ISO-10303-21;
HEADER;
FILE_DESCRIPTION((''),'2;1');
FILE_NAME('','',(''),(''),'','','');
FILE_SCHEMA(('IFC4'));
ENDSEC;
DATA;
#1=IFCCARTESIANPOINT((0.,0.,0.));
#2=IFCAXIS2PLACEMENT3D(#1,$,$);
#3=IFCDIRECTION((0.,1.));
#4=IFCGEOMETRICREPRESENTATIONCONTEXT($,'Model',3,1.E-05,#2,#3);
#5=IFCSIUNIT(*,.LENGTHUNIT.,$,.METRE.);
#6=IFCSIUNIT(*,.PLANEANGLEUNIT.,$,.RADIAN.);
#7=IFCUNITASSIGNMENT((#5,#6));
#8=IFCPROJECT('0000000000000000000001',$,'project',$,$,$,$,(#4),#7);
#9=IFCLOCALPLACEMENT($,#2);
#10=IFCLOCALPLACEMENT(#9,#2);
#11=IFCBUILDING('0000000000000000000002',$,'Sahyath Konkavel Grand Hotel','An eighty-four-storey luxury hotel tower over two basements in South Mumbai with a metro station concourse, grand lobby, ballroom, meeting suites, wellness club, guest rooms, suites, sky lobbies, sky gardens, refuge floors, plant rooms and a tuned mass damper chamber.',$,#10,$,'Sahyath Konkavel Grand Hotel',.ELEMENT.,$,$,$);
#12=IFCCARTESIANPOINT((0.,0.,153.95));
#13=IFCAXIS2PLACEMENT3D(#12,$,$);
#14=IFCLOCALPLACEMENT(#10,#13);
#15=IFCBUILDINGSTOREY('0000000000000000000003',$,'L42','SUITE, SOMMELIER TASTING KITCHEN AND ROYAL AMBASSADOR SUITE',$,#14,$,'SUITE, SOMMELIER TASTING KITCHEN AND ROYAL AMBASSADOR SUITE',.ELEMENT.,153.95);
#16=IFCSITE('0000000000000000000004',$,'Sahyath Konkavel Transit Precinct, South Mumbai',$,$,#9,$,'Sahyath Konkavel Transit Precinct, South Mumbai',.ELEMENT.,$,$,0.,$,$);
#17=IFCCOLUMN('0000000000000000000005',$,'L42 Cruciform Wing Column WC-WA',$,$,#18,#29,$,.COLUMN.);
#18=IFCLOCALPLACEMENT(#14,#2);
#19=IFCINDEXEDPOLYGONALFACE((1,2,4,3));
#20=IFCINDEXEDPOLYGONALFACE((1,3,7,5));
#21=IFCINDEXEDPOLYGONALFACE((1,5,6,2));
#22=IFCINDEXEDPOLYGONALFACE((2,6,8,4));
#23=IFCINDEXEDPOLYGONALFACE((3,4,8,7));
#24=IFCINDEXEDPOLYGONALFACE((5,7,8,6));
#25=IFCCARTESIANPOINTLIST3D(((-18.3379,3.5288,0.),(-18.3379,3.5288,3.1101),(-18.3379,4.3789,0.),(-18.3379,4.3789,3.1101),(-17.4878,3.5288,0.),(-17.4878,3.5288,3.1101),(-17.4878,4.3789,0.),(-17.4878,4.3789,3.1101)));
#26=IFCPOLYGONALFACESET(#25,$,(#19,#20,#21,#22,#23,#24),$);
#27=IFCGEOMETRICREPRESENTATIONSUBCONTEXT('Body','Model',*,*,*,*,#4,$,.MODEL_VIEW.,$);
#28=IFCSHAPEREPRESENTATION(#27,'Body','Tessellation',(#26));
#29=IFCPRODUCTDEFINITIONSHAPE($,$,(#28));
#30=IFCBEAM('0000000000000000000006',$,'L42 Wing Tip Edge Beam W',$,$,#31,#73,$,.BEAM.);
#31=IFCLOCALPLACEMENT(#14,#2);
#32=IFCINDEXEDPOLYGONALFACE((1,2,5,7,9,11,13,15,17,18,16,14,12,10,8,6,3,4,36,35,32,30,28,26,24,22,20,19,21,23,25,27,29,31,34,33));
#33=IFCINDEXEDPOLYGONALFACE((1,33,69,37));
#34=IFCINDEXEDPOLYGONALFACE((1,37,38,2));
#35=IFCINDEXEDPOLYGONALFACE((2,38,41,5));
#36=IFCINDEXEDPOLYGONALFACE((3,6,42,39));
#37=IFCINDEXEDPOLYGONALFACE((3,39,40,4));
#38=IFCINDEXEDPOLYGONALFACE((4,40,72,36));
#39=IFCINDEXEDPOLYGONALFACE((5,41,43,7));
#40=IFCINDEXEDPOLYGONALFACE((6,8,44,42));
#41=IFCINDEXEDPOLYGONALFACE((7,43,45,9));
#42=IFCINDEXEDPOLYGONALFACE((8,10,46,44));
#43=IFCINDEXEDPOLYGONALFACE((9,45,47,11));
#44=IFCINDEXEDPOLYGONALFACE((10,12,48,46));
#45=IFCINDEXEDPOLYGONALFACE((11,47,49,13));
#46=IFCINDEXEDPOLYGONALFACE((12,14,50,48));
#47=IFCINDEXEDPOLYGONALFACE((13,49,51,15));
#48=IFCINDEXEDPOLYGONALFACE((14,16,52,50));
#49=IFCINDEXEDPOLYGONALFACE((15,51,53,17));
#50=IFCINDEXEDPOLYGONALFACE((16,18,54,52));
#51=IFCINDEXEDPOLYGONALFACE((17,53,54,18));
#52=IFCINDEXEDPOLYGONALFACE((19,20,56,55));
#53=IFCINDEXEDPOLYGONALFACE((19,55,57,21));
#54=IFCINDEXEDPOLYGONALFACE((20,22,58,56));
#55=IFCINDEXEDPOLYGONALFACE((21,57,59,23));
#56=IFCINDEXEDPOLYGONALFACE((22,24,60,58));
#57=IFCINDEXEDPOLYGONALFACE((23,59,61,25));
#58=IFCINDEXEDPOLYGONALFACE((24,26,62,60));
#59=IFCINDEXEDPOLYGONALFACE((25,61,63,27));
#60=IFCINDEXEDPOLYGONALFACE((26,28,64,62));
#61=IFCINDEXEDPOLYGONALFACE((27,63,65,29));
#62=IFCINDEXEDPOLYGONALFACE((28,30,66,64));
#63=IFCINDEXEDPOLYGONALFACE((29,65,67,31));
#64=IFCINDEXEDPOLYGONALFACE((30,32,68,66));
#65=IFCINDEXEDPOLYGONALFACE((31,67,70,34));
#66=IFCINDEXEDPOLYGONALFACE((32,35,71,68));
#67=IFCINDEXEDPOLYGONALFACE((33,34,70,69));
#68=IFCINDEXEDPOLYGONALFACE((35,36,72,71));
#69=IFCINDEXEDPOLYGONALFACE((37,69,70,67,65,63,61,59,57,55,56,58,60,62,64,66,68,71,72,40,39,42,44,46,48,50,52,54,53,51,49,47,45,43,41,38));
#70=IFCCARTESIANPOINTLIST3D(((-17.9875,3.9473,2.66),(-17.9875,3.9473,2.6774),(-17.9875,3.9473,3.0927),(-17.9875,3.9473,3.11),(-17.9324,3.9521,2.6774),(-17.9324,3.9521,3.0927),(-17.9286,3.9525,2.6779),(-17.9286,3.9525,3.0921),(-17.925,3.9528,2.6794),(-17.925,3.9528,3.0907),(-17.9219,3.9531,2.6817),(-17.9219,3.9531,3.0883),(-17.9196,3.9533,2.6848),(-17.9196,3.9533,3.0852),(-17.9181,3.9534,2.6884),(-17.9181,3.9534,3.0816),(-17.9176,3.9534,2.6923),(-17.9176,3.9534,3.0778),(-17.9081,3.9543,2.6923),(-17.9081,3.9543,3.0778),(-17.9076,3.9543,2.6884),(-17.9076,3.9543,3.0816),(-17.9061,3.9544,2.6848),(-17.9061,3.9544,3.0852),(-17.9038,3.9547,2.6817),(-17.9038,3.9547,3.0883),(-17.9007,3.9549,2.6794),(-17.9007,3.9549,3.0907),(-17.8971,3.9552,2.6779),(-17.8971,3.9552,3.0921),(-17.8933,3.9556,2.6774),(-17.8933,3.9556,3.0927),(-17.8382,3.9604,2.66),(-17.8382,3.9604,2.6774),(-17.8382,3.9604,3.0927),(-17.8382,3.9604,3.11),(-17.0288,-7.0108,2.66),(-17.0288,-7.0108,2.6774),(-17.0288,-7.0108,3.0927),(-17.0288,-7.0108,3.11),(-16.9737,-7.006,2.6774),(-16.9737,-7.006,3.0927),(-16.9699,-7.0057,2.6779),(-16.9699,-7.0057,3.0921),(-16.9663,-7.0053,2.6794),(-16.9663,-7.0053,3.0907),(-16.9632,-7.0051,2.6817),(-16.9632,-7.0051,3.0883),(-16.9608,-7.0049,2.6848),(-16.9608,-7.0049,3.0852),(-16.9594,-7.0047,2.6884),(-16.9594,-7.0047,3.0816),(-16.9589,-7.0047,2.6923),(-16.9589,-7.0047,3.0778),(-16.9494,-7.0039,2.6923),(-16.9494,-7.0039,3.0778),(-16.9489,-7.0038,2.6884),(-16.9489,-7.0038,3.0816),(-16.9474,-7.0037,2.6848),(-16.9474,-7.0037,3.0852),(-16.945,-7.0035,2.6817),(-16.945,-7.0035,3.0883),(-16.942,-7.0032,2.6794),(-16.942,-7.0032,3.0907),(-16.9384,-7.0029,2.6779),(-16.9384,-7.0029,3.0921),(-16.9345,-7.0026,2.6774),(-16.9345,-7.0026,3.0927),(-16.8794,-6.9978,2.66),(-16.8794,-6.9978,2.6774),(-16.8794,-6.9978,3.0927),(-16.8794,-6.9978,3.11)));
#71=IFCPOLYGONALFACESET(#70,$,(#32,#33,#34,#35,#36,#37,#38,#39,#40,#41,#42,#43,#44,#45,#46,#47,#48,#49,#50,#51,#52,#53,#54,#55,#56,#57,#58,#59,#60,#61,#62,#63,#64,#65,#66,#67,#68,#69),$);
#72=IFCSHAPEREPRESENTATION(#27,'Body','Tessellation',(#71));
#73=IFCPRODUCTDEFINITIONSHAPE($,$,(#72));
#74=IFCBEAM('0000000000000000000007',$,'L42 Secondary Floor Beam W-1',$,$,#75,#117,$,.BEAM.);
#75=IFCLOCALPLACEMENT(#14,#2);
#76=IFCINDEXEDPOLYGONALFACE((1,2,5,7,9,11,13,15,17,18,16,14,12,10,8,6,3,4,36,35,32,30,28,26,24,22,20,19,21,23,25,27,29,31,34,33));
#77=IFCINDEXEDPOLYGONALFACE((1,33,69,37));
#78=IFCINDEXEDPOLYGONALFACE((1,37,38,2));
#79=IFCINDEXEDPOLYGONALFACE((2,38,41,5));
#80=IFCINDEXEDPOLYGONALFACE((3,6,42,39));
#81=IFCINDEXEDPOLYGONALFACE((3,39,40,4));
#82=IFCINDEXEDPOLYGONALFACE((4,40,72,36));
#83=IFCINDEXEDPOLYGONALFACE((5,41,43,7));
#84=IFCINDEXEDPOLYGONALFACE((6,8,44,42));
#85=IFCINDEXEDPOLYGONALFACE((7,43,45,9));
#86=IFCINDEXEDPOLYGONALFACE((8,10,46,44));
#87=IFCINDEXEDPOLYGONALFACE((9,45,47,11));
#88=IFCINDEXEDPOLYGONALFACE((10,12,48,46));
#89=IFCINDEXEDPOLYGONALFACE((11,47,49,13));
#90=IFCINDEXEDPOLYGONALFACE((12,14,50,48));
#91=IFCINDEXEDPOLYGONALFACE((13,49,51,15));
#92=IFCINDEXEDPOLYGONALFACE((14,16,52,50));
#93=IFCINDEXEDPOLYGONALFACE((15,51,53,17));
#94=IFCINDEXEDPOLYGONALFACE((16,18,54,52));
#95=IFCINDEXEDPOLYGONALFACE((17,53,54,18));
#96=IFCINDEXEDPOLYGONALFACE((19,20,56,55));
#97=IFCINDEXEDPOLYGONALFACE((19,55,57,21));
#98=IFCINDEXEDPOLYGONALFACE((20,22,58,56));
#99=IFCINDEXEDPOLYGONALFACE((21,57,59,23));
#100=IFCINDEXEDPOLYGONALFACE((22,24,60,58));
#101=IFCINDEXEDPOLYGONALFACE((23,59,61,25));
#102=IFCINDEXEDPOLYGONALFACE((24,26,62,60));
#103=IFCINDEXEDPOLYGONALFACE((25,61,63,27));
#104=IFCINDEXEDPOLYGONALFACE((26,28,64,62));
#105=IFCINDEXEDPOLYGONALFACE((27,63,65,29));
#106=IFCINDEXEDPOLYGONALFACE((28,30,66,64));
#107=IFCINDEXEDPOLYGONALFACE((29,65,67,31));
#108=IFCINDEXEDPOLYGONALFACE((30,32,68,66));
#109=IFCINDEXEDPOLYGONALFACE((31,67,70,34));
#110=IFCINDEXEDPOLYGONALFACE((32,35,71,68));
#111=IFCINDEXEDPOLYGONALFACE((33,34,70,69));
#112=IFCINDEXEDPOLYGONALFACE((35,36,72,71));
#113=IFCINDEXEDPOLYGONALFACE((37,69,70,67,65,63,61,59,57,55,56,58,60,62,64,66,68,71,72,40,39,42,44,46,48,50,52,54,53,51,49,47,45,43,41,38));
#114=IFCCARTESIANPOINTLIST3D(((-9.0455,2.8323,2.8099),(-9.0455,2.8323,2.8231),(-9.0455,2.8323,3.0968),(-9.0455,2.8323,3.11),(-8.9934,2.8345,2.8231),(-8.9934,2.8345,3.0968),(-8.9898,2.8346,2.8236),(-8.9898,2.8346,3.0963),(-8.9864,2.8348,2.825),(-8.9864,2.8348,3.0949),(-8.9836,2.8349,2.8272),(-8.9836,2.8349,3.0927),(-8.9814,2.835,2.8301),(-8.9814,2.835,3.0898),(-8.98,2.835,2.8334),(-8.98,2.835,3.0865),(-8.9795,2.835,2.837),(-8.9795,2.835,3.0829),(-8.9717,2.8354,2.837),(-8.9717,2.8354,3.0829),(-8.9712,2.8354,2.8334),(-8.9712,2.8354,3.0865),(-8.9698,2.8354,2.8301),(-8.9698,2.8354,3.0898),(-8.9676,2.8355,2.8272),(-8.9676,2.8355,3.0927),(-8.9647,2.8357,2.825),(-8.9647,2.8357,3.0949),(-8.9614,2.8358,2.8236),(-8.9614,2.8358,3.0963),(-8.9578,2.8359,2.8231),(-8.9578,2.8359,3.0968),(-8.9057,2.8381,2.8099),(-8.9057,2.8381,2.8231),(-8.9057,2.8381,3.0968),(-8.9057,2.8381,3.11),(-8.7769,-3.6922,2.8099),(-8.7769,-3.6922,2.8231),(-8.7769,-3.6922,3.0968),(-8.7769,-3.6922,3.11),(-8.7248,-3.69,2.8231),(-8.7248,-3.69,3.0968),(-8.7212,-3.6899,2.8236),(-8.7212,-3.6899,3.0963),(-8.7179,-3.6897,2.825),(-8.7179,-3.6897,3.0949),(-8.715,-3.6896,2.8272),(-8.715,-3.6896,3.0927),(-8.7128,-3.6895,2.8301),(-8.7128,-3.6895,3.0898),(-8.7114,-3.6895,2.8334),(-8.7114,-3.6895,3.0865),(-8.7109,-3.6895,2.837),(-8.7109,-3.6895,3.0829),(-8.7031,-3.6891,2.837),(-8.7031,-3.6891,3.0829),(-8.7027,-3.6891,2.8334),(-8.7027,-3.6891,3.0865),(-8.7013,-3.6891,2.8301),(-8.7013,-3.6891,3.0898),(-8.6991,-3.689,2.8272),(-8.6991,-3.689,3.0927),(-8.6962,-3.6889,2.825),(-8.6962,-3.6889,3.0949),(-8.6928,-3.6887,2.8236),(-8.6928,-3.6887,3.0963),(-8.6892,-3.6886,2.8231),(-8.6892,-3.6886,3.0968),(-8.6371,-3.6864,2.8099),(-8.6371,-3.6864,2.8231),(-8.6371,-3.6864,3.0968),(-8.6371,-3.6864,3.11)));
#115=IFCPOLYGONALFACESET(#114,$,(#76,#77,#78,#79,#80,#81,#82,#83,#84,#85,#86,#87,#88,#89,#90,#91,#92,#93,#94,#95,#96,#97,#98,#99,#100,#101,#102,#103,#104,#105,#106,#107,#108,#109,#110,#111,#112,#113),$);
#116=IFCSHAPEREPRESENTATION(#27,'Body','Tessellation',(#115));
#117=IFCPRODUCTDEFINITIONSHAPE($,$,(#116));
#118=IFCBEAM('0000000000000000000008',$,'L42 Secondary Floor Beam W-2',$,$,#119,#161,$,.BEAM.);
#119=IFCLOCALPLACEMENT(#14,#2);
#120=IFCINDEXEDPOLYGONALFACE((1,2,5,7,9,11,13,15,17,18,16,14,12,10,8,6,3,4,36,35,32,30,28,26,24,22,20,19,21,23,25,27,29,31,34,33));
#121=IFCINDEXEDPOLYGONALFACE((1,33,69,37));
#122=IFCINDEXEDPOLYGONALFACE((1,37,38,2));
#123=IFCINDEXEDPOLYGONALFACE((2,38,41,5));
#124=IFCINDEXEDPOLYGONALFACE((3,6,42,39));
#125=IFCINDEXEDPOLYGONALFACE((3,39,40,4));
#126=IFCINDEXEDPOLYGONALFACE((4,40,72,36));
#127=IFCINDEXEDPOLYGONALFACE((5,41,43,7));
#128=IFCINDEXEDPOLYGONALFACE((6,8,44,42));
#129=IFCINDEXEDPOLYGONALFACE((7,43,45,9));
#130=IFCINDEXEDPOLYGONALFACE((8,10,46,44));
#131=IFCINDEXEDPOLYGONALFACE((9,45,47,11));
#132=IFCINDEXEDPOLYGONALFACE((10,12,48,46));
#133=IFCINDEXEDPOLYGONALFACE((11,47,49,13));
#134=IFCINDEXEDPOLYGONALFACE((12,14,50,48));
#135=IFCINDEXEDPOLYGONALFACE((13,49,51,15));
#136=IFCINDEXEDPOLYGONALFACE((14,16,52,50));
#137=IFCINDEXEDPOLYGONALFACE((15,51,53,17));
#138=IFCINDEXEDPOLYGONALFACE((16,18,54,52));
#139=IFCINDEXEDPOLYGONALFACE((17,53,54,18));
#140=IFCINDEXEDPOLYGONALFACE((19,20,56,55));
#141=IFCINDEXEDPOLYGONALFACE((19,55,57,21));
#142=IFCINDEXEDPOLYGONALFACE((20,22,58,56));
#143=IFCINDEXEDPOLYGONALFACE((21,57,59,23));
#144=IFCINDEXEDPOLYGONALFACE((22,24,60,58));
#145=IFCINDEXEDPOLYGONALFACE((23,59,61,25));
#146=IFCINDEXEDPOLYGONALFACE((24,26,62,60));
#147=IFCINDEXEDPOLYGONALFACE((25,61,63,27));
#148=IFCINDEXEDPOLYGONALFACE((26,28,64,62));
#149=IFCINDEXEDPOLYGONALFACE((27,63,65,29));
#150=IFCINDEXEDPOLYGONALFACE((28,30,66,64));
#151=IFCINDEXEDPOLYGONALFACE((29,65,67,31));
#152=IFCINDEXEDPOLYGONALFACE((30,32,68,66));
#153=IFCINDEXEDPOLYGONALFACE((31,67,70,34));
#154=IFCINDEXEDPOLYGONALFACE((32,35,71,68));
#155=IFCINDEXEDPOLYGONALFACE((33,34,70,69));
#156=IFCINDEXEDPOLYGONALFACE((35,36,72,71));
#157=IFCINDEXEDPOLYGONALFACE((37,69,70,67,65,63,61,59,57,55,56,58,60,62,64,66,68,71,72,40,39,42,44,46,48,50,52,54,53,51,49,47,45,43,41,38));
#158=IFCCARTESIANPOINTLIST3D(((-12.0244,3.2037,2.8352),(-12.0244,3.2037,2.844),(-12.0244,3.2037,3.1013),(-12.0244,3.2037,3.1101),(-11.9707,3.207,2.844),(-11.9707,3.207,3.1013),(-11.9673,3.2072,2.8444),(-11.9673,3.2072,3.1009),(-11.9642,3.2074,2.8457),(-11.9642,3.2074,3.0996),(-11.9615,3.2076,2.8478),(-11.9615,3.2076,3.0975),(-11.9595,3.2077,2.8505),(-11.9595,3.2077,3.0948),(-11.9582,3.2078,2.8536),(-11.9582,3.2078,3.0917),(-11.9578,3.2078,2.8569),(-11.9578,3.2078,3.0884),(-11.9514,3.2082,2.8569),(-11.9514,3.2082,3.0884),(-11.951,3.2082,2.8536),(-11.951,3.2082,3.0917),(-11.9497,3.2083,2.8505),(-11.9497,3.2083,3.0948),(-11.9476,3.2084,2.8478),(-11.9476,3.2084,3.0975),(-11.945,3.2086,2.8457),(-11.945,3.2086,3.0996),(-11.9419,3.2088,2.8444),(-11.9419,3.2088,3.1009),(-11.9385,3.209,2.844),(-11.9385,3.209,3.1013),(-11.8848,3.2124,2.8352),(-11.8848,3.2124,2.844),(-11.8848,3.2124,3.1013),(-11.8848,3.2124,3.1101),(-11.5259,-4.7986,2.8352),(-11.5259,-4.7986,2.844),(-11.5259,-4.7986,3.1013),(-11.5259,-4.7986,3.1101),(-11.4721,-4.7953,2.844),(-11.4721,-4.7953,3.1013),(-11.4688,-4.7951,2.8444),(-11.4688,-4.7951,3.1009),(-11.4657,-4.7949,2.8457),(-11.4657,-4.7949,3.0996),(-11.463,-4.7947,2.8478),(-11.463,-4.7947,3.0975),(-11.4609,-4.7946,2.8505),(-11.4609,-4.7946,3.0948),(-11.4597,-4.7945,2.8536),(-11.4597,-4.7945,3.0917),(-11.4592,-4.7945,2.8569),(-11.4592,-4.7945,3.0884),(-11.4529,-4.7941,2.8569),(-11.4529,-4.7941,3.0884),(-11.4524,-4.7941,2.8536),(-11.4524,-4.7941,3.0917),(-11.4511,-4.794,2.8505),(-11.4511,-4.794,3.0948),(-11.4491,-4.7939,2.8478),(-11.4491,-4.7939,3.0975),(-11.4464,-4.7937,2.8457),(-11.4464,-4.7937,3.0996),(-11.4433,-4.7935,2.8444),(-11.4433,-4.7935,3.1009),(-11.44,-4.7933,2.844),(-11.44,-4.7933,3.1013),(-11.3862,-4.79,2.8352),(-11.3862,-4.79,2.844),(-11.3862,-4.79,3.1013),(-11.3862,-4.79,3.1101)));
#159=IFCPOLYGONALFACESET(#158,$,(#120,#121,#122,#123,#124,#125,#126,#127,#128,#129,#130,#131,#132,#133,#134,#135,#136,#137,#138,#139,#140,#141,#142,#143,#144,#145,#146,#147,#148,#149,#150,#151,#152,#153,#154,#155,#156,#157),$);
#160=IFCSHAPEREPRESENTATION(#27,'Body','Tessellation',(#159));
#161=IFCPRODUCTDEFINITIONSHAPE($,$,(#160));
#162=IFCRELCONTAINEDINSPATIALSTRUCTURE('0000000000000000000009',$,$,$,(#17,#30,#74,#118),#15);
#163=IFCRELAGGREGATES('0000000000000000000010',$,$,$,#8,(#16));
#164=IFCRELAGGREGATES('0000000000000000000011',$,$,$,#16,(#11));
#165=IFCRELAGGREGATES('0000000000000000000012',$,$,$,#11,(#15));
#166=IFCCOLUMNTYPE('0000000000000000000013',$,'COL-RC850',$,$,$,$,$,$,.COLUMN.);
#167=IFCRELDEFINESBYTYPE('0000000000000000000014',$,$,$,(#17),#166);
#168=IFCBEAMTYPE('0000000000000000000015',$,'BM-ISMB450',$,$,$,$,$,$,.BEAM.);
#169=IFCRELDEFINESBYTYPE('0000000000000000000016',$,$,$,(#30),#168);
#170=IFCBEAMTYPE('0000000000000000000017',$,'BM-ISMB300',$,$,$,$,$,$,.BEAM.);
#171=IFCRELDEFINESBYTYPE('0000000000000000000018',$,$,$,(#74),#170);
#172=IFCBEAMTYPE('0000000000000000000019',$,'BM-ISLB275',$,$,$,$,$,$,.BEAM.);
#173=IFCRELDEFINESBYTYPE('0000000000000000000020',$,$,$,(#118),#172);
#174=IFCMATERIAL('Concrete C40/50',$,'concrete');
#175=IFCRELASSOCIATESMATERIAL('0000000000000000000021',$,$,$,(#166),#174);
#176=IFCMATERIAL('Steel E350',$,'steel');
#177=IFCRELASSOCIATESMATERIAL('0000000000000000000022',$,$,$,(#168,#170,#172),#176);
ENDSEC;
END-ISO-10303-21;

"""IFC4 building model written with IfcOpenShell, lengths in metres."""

from ifc_helpers import new_model, si_unit, direction, frame, origin, origin_2d, place, context, subcontext, project, spatial, rectangle, i_section, extrude, source, transform, mapped, material, material_profile, profile_set, type_object, element, save


model = new_model("IFC4")

# Units and contexts
model_context = context("Model", 3, precision=1e-05, world=origin(), true_north=direction((0.0, 1.0)))
body_context = subcontext(model_context, "Body", "Model", "MODEL_VIEW")
ifc_project = project(units=[si_unit("LENGTHUNIT", "METRE"), si_unit("PLANEANGLEUNIT", "RADIAN")], contexts=[model_context])

# Site, building, storey
site_placement = place(None, origin())
site = spatial("IfcSite", under=ifc_project, at=site_placement, Name="Sahyath Konkavel Transit Precinct, South Mumbai", LongName="Sahyath Konkavel Transit Precinct, South Mumbai", CompositionType="ELEMENT", RefElevation=0.0)
building_placement = place(site_placement, origin())
building = spatial("IfcBuilding", under=site, at=building_placement, Name="Sahyath Konkavel Grand Hotel", Description="An eighty-four-storey luxury hotel tower over two basements in South Mumbai with a metro station concourse, grand lobby, ballroom, meeting suites, wellness club, guest rooms, suites, sky lobbies, sky gardens, refuge floors, plant rooms and a tuned mass damper chamber.", LongName="Sahyath Konkavel Grand Hotel", CompositionType="ELEMENT")
storey_placement = place(building_placement, frame((0.0, 0.0, 153.95)))
storey = spatial("IfcBuildingStorey", under=building, at=storey_placement, Name="L42", Description="SUITE, SOMMELIER TASTING KITCHEN AND ROYAL AMBASSADOR SUITE", LongName="SUITE, SOMMELIER TASTING KITCHEN AND ROYAL AMBASSADOR SUITE", CompositionType="ELEMENT", Elevation=153.95)

# Column
ifc_material_1 = material(Name="Concrete C40/50", Category="concrete")
ifc_material_profile_1 = material_profile(ifc_material_1, rectangle(XDim=0.8501, YDim=0.8501, at=origin_2d()), Name="RC 850x850")
ifc_profile_set_1 = profile_set([ifc_material_profile_1], Name="Concrete C40/50")
column_type = type_object("IfcColumnType", Name="COL-RC850", PredefinedType="COLUMN", material=ifc_profile_set_1)
shared_shape_1 = source(origin(), body_context, "Body", "SweptSolid", [
    extrude(rectangle(XDim=0.8501, YDim=0.8501, at=origin_2d()), origin(), (0.0, 0.0, 1.0), 3.1101),
])
column_placement = place(storey_placement, frame((-17.9128, 3.9539, 0.0), z_axis=(0.0, 0.0, 1.0), x_axis=(1.0, 0.0, 0.0)))
element("IfcColumn", 1, at=column_placement, inside=storey, type_object=column_type, Name="L42 Cruciform Wing Column WC-WA", PredefinedType="COLUMN", context=body_context, shape_type="MappedRepresentation", body=[
    mapped(shared_shape_1, transform((0.0, 0.0, 0.0), scale=1.0)),
])

# Beams
ifc_material_2 = material(Name="Steel E350", Category="steel")
ifc_material_profile_2 = material_profile(ifc_material_2, i_section(OverallWidth=0.1499, OverallDepth=0.45, WebThickness=0.0095, FlangeThickness=0.0173, FilletRadius=0.0149, at=origin_2d()), Name="ISMB 450")
ifc_profile_set_2 = profile_set([ifc_material_profile_2], Name="Steel E350")
beam_type_1 = type_object("IfcBeamType", Name="BM-ISMB450", PredefinedType="BEAM", material=ifc_profile_set_2)
shared_shape_2 = source(origin(), body_context, "Body", "SweptSolid", [
    extrude(i_section(OverallWidth=0.1499, OverallDepth=0.45, WebThickness=0.0095, FlangeThickness=0.0173, FilletRadius=0.0149, at=origin_2d()), origin(), (0.0, 0.0, 1.0), 11.0),
])
beam_1_placement = place(storey_placement, frame((-17.9128, 3.9539, 2.885), z_axis=(0.087157, -0.996195, 0.0), x_axis=(0.996195, 0.087157, 0.0)))
element("IfcBeam", 2, at=beam_1_placement, inside=storey, type_object=beam_type_1, Name="L42 Wing Tip Edge Beam W", PredefinedType="BEAM", context=body_context, shape_type="MappedRepresentation", body=[
    mapped(shared_shape_2, transform((0.0, 0.0, 0.0), scale=1.0)),
])
ifc_material_profile_3 = material_profile(ifc_material_2, i_section(OverallWidth=0.1399, OverallDepth=0.3, WebThickness=0.0078, FlangeThickness=0.0132, FilletRadius=0.0139, at=origin_2d()), Name="ISMB 300")
ifc_profile_set_3 = profile_set([ifc_material_profile_3], Name="Steel E350")
beam_type_2 = type_object("IfcBeamType", Name="BM-ISMB300", PredefinedType="BEAM", material=ifc_profile_set_3)
shared_shape_3 = source(origin(), body_context, "Body", "SweptSolid", [
    extrude(i_section(OverallWidth=0.1399, OverallDepth=0.3, WebThickness=0.0078, FlangeThickness=0.0132, FilletRadius=0.0139, at=origin_2d()), origin(), (0.0, 0.0, 1.0), 6.53),
])
beam_2_placement = place(storey_placement, frame((-8.9756, 2.8352, 2.96), z_axis=(0.041127, -0.999154, 0.0), x_axis=(0.999154, 0.041127, 0.0)))
element("IfcBeam", 3, at=beam_2_placement, inside=storey, type_object=beam_type_2, Name="L42 Secondary Floor Beam W-1", PredefinedType="BEAM", context=body_context, shape_type="MappedRepresentation", body=[
    mapped(shared_shape_3, transform((0.0, 0.0, 0.0), scale=1.0)),
])
ifc_material_profile_4 = material_profile(ifc_material_2, i_section(OverallWidth=0.1399, OverallDepth=0.2749, WebThickness=0.0063, FlangeThickness=0.0088, FilletRadius=0.0129, at=origin_2d()), Name="ISLB 275")
ifc_profile_set_4 = profile_set([ifc_material_profile_4], Name="Steel E350")
beam_type_3 = type_object("IfcBeamType", Name="BM-ISLB275", PredefinedType="BEAM", material=ifc_profile_set_4)
shared_shape_4 = source(origin(), body_context, "Body", "SweptSolid", [
    extrude(i_section(OverallWidth=0.1399, OverallDepth=0.2749, WebThickness=0.0063, FlangeThickness=0.0088, FilletRadius=0.0129, at=origin_2d()), origin(), (0.0, 0.0, 1.0), 8.0178),
])
beam_3_placement = place(storey_placement, frame((-11.9546, 3.208, 2.9727), z_axis=(0.062179, -0.998065, 0.0), x_axis=(0.998065, 0.062179, 0.0)))
element("IfcBeam", 4, at=beam_3_placement, inside=storey, type_object=beam_type_3, Name="L42 Secondary Floor Beam W-2", PredefinedType="BEAM", context=body_context, shape_type="MappedRepresentation", body=[
    mapped(shared_shape_4, transform((0.0, 0.0, 0.0), scale=1.0)),
])

save(model, "model.ifc")
